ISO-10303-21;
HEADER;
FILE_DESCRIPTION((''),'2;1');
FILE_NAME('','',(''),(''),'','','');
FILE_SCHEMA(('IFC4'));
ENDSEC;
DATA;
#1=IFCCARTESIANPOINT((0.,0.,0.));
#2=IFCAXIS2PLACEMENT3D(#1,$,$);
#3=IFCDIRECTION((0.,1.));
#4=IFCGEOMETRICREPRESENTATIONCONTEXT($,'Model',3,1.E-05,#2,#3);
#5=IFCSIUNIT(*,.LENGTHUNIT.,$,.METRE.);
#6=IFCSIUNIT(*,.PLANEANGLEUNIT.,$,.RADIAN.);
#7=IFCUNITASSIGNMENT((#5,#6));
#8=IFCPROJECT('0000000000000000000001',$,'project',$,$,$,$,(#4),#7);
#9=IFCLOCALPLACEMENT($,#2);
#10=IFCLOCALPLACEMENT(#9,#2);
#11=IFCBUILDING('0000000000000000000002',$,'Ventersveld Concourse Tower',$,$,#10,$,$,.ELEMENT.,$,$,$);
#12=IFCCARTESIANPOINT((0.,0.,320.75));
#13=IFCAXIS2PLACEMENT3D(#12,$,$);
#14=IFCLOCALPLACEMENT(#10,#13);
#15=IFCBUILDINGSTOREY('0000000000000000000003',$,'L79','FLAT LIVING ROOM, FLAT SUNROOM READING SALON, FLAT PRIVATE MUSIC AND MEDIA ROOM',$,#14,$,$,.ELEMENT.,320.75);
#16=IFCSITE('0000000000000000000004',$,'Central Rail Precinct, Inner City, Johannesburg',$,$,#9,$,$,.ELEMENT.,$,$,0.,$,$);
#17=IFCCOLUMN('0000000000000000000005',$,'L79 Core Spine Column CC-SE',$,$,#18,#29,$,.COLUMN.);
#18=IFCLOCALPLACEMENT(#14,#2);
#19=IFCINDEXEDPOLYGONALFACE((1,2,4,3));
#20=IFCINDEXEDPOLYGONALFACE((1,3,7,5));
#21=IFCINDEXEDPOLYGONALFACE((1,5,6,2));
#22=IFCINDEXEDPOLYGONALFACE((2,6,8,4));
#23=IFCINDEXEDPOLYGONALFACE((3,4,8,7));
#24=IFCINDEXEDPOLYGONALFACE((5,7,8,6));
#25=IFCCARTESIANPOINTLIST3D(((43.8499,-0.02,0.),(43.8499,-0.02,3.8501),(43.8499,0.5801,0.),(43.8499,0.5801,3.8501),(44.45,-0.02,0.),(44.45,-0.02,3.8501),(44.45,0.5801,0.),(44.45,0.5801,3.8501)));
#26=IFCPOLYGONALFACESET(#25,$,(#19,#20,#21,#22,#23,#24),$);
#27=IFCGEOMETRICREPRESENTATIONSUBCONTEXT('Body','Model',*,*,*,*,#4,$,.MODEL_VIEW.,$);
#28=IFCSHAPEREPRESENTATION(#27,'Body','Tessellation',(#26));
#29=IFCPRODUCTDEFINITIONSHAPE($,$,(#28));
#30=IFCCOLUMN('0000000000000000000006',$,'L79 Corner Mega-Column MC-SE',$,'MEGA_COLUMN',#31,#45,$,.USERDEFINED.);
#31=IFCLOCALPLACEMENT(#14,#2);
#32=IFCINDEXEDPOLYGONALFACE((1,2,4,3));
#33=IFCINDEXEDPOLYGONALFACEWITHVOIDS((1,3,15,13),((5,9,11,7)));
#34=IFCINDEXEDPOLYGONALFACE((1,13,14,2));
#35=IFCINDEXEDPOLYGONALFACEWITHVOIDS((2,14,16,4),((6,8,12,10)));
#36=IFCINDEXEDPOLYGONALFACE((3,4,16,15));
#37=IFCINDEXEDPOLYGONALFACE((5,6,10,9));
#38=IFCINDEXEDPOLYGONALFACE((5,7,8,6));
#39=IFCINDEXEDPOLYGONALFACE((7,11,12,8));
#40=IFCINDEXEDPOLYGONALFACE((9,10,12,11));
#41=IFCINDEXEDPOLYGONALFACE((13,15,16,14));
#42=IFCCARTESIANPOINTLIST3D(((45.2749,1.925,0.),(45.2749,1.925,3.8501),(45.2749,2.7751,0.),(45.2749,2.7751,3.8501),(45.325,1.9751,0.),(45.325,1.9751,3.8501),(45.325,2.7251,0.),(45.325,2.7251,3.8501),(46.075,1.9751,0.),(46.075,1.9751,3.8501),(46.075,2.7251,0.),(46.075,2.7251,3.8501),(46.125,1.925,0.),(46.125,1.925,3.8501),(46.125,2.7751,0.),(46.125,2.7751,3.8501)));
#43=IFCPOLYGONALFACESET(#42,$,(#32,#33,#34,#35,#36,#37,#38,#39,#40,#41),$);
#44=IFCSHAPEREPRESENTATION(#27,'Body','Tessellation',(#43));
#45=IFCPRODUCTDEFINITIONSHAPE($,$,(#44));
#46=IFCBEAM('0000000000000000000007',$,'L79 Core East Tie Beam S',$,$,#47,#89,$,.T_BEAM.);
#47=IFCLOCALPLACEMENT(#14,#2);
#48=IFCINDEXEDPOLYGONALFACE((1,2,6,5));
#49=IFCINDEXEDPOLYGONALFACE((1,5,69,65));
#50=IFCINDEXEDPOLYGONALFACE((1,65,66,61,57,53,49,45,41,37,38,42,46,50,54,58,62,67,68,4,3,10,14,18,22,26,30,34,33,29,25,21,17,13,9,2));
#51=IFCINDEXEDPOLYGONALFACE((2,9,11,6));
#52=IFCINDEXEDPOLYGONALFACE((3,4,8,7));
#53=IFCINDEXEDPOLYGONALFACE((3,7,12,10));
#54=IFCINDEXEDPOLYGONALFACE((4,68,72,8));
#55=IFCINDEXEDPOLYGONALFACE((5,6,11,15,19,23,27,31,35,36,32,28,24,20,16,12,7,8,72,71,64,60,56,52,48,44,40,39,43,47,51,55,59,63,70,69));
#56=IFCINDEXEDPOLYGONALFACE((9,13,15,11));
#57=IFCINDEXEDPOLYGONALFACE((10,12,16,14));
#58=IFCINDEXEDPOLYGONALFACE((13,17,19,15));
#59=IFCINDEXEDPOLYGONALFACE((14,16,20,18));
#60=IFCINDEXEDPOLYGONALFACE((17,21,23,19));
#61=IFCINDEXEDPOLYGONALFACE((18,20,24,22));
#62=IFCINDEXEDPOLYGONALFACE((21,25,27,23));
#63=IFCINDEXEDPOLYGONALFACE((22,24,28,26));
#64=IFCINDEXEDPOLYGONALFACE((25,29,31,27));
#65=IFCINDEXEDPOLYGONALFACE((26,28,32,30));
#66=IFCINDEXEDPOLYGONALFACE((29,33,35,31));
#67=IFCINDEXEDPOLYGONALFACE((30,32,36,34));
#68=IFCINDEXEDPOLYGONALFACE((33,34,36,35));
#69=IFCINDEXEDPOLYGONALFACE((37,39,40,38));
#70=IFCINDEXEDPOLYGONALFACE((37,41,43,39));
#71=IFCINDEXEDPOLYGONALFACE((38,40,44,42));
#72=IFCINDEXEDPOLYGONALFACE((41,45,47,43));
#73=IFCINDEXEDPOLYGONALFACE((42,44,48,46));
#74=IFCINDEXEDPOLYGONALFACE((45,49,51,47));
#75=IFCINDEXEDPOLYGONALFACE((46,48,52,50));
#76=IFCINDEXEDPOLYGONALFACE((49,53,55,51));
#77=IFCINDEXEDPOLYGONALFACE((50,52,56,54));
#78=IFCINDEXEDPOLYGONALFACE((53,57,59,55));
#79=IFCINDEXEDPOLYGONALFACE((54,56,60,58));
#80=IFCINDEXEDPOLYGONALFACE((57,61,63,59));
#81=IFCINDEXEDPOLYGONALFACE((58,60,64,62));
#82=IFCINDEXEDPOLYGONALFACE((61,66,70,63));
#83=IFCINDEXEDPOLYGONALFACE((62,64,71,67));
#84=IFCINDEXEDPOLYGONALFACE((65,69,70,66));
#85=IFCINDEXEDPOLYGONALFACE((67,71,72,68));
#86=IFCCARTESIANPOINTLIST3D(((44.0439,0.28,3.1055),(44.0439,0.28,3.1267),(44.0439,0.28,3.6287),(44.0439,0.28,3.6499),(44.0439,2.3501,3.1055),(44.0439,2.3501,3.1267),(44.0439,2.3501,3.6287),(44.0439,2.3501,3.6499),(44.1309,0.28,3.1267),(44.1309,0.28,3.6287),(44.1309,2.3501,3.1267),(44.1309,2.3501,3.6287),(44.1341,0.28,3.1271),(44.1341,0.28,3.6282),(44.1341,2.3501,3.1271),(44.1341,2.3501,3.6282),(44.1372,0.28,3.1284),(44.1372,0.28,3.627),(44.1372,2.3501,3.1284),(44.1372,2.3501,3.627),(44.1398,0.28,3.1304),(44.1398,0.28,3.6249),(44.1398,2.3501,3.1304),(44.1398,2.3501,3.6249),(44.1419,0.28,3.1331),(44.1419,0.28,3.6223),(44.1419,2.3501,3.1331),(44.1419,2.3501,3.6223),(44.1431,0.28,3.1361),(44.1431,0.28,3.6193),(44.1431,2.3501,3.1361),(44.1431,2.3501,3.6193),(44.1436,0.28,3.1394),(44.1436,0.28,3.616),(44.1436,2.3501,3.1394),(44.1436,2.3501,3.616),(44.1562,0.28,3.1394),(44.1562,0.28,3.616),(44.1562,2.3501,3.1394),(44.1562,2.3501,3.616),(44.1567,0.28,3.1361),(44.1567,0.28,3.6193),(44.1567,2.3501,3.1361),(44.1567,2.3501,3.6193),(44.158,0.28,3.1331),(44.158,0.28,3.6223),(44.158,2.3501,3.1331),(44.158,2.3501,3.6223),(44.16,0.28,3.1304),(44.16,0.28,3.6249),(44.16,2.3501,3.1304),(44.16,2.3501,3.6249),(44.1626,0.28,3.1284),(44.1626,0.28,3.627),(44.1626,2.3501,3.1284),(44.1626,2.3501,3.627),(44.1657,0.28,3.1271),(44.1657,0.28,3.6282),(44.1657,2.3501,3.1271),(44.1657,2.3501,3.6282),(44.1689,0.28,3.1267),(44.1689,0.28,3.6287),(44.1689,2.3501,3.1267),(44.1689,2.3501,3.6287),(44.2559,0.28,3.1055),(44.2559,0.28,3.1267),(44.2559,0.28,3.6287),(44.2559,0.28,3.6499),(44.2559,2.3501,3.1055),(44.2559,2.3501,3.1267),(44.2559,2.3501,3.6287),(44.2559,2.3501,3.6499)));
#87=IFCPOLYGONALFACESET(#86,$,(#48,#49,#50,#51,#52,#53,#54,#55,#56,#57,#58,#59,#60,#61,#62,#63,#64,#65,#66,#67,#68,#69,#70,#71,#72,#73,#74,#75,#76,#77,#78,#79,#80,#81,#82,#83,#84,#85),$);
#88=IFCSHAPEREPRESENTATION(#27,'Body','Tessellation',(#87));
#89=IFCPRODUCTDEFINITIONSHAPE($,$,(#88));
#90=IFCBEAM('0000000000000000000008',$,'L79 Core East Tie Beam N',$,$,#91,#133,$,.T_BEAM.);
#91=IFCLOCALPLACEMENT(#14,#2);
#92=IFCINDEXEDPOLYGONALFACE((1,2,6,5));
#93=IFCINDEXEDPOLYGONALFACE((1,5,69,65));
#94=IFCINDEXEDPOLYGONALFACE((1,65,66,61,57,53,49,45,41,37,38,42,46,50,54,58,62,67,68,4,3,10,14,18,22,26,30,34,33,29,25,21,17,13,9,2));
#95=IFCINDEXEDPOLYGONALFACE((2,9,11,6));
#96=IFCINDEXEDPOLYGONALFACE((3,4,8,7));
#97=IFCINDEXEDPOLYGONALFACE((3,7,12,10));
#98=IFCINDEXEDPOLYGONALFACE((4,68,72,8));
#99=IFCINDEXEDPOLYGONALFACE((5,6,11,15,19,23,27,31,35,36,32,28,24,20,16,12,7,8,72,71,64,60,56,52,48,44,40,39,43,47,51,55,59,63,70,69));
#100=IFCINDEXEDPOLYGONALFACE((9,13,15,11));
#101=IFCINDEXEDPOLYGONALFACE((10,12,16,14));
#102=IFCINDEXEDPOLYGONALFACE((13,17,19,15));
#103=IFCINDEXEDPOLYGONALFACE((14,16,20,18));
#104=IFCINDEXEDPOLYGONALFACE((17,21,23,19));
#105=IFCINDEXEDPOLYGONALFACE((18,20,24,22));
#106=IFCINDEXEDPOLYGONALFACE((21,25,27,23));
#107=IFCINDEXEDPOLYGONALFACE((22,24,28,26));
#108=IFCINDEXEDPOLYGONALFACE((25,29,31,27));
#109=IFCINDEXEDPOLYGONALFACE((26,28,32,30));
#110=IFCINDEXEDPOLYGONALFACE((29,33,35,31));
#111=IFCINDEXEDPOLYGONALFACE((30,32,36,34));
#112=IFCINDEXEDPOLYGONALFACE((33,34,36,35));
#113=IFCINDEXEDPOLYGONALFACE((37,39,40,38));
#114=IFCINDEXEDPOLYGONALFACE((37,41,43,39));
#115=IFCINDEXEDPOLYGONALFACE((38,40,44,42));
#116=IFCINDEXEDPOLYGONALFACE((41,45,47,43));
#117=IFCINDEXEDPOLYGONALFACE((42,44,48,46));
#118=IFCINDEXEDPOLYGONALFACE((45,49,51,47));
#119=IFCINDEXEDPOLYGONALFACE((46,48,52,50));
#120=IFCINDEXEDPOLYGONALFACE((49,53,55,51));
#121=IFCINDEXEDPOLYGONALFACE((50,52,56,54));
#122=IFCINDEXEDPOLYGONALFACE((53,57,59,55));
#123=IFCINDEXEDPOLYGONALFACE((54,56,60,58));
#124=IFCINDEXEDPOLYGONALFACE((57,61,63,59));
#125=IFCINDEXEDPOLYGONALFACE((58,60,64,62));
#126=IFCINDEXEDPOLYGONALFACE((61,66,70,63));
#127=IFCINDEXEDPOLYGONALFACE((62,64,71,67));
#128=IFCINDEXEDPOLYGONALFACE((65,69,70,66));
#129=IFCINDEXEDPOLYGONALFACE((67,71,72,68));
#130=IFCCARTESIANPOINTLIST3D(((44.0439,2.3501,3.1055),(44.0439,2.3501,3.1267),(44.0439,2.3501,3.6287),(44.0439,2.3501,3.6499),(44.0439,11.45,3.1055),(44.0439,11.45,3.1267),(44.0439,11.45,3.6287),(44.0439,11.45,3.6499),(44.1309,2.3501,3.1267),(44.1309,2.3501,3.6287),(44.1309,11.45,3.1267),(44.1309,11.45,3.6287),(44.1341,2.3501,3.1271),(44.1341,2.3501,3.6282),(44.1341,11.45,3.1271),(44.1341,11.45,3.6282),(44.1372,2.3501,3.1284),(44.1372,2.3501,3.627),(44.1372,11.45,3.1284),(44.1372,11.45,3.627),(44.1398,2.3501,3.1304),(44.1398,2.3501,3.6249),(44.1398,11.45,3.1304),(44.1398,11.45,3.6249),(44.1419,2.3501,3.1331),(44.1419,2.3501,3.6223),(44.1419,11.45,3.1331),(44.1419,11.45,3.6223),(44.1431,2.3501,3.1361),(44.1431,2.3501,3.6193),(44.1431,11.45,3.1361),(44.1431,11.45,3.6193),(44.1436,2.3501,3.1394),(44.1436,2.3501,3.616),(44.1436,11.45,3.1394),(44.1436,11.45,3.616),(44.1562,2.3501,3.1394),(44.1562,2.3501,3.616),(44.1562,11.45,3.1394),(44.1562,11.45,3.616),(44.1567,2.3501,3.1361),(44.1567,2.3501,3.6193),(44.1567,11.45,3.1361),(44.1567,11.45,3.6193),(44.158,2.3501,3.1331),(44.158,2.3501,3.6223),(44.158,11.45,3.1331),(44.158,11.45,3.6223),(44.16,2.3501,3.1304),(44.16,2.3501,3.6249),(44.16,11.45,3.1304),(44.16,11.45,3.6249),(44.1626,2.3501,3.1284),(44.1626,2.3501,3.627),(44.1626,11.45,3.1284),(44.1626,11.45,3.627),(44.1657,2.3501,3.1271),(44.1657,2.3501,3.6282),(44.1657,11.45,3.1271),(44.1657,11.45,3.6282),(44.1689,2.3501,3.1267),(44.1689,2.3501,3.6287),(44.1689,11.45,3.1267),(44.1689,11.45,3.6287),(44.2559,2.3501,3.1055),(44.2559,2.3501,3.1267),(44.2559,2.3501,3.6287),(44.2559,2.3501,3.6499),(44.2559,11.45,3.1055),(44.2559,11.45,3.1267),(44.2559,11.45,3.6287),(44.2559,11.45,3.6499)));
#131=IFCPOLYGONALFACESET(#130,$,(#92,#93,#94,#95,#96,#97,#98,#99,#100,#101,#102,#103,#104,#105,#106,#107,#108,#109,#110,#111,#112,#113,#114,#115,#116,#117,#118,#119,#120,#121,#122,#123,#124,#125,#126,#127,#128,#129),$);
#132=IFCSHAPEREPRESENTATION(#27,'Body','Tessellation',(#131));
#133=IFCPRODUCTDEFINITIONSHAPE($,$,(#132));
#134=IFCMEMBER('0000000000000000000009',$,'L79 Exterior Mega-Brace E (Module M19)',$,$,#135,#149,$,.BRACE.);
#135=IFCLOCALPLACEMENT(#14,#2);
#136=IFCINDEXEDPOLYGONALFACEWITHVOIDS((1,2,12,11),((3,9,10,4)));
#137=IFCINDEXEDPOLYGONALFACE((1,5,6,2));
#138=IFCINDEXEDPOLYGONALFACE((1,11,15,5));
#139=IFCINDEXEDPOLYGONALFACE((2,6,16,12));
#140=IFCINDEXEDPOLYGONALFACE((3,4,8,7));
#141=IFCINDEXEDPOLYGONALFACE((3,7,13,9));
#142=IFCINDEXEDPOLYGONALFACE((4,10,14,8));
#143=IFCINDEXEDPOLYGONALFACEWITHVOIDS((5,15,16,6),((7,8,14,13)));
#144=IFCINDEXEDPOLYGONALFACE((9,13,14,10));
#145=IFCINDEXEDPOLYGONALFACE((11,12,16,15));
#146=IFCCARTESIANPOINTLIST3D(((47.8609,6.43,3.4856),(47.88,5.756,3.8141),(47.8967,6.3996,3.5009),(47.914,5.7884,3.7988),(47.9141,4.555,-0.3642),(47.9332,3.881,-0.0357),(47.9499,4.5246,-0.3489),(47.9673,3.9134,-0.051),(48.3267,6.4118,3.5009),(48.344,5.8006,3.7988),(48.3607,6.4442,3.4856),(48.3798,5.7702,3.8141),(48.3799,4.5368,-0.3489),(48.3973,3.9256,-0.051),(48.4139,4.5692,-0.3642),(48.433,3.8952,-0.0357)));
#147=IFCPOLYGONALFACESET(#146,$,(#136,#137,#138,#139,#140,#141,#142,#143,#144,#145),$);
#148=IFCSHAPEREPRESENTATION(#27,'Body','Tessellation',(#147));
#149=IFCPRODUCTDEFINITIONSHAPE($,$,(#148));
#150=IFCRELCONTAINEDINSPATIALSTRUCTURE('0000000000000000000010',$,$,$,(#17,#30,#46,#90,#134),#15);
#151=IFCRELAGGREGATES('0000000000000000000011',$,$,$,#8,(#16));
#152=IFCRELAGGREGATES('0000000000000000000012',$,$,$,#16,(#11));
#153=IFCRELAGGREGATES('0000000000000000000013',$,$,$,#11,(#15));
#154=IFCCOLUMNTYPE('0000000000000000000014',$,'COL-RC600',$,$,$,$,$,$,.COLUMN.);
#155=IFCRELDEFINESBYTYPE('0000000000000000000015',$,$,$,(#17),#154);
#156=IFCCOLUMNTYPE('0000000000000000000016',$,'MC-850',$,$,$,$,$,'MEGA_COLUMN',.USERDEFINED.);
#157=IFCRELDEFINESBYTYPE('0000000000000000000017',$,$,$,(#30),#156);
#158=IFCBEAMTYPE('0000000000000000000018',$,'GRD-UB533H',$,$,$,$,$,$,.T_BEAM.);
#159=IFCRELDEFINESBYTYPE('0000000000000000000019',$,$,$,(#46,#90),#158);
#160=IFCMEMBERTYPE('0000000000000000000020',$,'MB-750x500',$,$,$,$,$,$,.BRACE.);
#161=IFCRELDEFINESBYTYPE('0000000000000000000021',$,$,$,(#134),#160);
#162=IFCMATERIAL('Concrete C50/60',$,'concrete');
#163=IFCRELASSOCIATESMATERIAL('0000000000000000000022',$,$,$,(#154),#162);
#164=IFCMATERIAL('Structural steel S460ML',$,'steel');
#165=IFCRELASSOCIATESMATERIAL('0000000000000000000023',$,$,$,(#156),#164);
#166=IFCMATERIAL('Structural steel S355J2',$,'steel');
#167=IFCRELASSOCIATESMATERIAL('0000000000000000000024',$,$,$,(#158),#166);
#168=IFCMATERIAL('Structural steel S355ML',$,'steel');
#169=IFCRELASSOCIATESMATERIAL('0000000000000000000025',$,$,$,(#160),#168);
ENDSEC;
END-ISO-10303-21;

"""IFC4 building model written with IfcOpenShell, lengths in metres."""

from ifc_helpers import new_model, si_unit, direction, frame, origin, origin_2d, place, context, subcontext, project, spatial, rectangle, hollow_rectangle, i_section, extrude, material, material_profile, profile_set, type_object, element, save


model = new_model("IFC4")

# Units and contexts
model_context = context("Model", 3, precision=1e-05, world=origin(), true_north=direction((0.0, 1.0)))
body_context = subcontext(model_context, "Body", "Model", "MODEL_VIEW")
ifc_project = project(units=[si_unit("LENGTHUNIT", "METRE"), si_unit("PLANEANGLEUNIT", "RADIAN")], contexts=[model_context])

# Site, building, storey
site_placement = place(None, origin())
site = spatial("IfcSite", under=ifc_project, at=site_placement, Name="Central Rail Precinct, Inner City, Johannesburg", CompositionType="ELEMENT", RefElevation=0.0)
building_placement = place(site_placement, origin())
building = spatial("IfcBuilding", under=site, at=building_placement, Name="Ventersveld Concourse Tower", CompositionType="ELEMENT")
storey_placement = place(building_placement, frame((0.0, 0.0, 320.75)))
storey = spatial("IfcBuildingStorey", under=building, at=storey_placement, Name="L79", Description="FLAT LIVING ROOM, FLAT SUNROOM READING SALON, FLAT PRIVATE MUSIC AND MEDIA ROOM", CompositionType="ELEMENT", Elevation=320.75)

# Columns
ifc_material_1 = material(Name="Concrete C50/60", Category="concrete")
ifc_material_profile_1 = material_profile(ifc_material_1, rectangle(XDim=0.6001, YDim=0.6001, at=origin_2d()), Name="RC 600x600")
ifc_profile_set_1 = profile_set([ifc_material_profile_1], Name="Concrete C50/60")
column_type_1 = type_object("IfcColumnType", Name="COL-RC600", PredefinedType="COLUMN", material=ifc_profile_set_1)
column_1_placement = place(storey_placement, frame((44.1499, 0.28, 0.0), z_axis=(0.0, 0.0, 1.0), x_axis=(1.0, 0.0, 0.0)))
element("IfcColumn", 1, at=column_1_placement, inside=storey, type_object=column_type_1, Name="L79 Core Spine Column CC-SE", PredefinedType="COLUMN", context=body_context, shape_type="SweptSolid", body=[
    extrude(rectangle(XDim=0.6001, YDim=0.6001, at=origin_2d()), origin(), (0.0, 0.0, 1.0), 3.8501),
])
ifc_material_2 = material(Name="Structural steel S460ML", Category="steel")
ifc_material_profile_2 = material_profile(ifc_material_2, hollow_rectangle(XDim=0.8501, YDim=0.8501, WallThickness=0.05, at=origin_2d()), Name="BOX 850x850x50")
ifc_profile_set_2 = profile_set([ifc_material_profile_2], Name="Structural steel S460ML")
column_type_2 = type_object("IfcColumnType", Name="MC-850", ElementType="MEGA_COLUMN", PredefinedType="USERDEFINED", material=ifc_profile_set_2)
column_2_placement = place(storey_placement, frame((45.7, 2.3501, 0.0), z_axis=(0.0, 0.0, 1.0), x_axis=(1.0, 0.0, 0.0)))
element("IfcColumn", 2, at=column_2_placement, inside=storey, type_object=column_type_2, Name="L79 Corner Mega-Column MC-SE", ObjectType="MEGA_COLUMN", PredefinedType="USERDEFINED", context=body_context, shape_type="SweptSolid", body=[
    extrude(hollow_rectangle(XDim=0.8501, YDim=0.8501, WallThickness=0.05, at=origin_2d()), origin(), (0.0, 0.0, 1.0), 3.8501),
])

# Beams
ifc_material_3 = material(Name="Structural steel S355J2", Category="steel")
ifc_material_profile_3 = material_profile(ifc_material_3, i_section(OverallWidth=0.2119, OverallDepth=0.5444, WebThickness=0.0127, FlangeThickness=0.0212, FilletRadius=0.0127, at=origin_2d()), Name="UB 533x210x122")
ifc_profile_set_3 = profile_set([ifc_material_profile_3], Name="Structural steel S355J2")
beam_type_1 = type_object("IfcBeamType", Name="GRD-UB533H", PredefinedType="T_BEAM", material=ifc_profile_set_3)
beam_1_placement = place(storey_placement, frame((44.1499, 0.28, 3.3777), z_axis=(0.0, 1.0, 0.0), x_axis=(-1.0, 0.0, 0.0)))
element("IfcBeam", 3, at=beam_1_placement, inside=storey, type_object=beam_type_1, Name="L79 Core East Tie Beam S", PredefinedType="T_BEAM", context=body_context, shape_type="SweptSolid", body=[
    extrude(i_section(OverallWidth=0.2119, OverallDepth=0.5444, WebThickness=0.0127, FlangeThickness=0.0212, FilletRadius=0.0127, at=origin_2d()), origin(), (0.0, 0.0, 1.0), 2.0701),
])
beam_2_placement = place(storey_placement, frame((44.1499, 2.3501, 3.3777), z_axis=(0.0, 1.0, 0.0), x_axis=(-1.0, 0.0, 0.0)))
element("IfcBeam", 4, at=beam_2_placement, inside=storey, type_object=beam_type_1, Name="L79 Core East Tie Beam N", PredefinedType="T_BEAM", context=body_context, shape_type="SweptSolid", body=[
    extrude(i_section(OverallWidth=0.2119, OverallDepth=0.5444, WebThickness=0.0127, FlangeThickness=0.0212, FilletRadius=0.0127, at=origin_2d()), origin(), (0.0, 0.0, 1.0), 9.0999),
])

# Member
ifc_material_4 = material(Name="Structural steel S355ML", Category="steel")
ifc_material_profile_4 = material_profile(ifc_material_4, hollow_rectangle(XDim=0.5, YDim=0.75, WallThickness=0.0349, at=origin_2d()), Name="BOX 750x500x35")
ifc_profile_set_4 = profile_set([ifc_material_profile_4], Name="Structural steel S355ML")
member_type = type_object("IfcMemberType", Name="MB-750x500", PredefinedType="BRACE", material=ifc_profile_set_4)
member_placement = place(storey_placement, frame((48.1736, 4.2251, -0.2), z_axis=(-0.012428, 0.437828, 0.898973), x_axis=(-0.999597, -0.028374, 0.0)))
element("IfcMember", 5, at=member_placement, inside=storey, type_object=member_type, Name="L79 Exterior Mega-Brace E (Module M19)", PredefinedType="BRACE", context=body_context, shape_type="SweptSolid", body=[
    extrude(hollow_rectangle(XDim=0.5, YDim=0.75, WallThickness=0.0349, at=origin_2d()), origin(), (0.0, 0.0, 1.0), 4.2825),
])

save(model, "model.ifc")
